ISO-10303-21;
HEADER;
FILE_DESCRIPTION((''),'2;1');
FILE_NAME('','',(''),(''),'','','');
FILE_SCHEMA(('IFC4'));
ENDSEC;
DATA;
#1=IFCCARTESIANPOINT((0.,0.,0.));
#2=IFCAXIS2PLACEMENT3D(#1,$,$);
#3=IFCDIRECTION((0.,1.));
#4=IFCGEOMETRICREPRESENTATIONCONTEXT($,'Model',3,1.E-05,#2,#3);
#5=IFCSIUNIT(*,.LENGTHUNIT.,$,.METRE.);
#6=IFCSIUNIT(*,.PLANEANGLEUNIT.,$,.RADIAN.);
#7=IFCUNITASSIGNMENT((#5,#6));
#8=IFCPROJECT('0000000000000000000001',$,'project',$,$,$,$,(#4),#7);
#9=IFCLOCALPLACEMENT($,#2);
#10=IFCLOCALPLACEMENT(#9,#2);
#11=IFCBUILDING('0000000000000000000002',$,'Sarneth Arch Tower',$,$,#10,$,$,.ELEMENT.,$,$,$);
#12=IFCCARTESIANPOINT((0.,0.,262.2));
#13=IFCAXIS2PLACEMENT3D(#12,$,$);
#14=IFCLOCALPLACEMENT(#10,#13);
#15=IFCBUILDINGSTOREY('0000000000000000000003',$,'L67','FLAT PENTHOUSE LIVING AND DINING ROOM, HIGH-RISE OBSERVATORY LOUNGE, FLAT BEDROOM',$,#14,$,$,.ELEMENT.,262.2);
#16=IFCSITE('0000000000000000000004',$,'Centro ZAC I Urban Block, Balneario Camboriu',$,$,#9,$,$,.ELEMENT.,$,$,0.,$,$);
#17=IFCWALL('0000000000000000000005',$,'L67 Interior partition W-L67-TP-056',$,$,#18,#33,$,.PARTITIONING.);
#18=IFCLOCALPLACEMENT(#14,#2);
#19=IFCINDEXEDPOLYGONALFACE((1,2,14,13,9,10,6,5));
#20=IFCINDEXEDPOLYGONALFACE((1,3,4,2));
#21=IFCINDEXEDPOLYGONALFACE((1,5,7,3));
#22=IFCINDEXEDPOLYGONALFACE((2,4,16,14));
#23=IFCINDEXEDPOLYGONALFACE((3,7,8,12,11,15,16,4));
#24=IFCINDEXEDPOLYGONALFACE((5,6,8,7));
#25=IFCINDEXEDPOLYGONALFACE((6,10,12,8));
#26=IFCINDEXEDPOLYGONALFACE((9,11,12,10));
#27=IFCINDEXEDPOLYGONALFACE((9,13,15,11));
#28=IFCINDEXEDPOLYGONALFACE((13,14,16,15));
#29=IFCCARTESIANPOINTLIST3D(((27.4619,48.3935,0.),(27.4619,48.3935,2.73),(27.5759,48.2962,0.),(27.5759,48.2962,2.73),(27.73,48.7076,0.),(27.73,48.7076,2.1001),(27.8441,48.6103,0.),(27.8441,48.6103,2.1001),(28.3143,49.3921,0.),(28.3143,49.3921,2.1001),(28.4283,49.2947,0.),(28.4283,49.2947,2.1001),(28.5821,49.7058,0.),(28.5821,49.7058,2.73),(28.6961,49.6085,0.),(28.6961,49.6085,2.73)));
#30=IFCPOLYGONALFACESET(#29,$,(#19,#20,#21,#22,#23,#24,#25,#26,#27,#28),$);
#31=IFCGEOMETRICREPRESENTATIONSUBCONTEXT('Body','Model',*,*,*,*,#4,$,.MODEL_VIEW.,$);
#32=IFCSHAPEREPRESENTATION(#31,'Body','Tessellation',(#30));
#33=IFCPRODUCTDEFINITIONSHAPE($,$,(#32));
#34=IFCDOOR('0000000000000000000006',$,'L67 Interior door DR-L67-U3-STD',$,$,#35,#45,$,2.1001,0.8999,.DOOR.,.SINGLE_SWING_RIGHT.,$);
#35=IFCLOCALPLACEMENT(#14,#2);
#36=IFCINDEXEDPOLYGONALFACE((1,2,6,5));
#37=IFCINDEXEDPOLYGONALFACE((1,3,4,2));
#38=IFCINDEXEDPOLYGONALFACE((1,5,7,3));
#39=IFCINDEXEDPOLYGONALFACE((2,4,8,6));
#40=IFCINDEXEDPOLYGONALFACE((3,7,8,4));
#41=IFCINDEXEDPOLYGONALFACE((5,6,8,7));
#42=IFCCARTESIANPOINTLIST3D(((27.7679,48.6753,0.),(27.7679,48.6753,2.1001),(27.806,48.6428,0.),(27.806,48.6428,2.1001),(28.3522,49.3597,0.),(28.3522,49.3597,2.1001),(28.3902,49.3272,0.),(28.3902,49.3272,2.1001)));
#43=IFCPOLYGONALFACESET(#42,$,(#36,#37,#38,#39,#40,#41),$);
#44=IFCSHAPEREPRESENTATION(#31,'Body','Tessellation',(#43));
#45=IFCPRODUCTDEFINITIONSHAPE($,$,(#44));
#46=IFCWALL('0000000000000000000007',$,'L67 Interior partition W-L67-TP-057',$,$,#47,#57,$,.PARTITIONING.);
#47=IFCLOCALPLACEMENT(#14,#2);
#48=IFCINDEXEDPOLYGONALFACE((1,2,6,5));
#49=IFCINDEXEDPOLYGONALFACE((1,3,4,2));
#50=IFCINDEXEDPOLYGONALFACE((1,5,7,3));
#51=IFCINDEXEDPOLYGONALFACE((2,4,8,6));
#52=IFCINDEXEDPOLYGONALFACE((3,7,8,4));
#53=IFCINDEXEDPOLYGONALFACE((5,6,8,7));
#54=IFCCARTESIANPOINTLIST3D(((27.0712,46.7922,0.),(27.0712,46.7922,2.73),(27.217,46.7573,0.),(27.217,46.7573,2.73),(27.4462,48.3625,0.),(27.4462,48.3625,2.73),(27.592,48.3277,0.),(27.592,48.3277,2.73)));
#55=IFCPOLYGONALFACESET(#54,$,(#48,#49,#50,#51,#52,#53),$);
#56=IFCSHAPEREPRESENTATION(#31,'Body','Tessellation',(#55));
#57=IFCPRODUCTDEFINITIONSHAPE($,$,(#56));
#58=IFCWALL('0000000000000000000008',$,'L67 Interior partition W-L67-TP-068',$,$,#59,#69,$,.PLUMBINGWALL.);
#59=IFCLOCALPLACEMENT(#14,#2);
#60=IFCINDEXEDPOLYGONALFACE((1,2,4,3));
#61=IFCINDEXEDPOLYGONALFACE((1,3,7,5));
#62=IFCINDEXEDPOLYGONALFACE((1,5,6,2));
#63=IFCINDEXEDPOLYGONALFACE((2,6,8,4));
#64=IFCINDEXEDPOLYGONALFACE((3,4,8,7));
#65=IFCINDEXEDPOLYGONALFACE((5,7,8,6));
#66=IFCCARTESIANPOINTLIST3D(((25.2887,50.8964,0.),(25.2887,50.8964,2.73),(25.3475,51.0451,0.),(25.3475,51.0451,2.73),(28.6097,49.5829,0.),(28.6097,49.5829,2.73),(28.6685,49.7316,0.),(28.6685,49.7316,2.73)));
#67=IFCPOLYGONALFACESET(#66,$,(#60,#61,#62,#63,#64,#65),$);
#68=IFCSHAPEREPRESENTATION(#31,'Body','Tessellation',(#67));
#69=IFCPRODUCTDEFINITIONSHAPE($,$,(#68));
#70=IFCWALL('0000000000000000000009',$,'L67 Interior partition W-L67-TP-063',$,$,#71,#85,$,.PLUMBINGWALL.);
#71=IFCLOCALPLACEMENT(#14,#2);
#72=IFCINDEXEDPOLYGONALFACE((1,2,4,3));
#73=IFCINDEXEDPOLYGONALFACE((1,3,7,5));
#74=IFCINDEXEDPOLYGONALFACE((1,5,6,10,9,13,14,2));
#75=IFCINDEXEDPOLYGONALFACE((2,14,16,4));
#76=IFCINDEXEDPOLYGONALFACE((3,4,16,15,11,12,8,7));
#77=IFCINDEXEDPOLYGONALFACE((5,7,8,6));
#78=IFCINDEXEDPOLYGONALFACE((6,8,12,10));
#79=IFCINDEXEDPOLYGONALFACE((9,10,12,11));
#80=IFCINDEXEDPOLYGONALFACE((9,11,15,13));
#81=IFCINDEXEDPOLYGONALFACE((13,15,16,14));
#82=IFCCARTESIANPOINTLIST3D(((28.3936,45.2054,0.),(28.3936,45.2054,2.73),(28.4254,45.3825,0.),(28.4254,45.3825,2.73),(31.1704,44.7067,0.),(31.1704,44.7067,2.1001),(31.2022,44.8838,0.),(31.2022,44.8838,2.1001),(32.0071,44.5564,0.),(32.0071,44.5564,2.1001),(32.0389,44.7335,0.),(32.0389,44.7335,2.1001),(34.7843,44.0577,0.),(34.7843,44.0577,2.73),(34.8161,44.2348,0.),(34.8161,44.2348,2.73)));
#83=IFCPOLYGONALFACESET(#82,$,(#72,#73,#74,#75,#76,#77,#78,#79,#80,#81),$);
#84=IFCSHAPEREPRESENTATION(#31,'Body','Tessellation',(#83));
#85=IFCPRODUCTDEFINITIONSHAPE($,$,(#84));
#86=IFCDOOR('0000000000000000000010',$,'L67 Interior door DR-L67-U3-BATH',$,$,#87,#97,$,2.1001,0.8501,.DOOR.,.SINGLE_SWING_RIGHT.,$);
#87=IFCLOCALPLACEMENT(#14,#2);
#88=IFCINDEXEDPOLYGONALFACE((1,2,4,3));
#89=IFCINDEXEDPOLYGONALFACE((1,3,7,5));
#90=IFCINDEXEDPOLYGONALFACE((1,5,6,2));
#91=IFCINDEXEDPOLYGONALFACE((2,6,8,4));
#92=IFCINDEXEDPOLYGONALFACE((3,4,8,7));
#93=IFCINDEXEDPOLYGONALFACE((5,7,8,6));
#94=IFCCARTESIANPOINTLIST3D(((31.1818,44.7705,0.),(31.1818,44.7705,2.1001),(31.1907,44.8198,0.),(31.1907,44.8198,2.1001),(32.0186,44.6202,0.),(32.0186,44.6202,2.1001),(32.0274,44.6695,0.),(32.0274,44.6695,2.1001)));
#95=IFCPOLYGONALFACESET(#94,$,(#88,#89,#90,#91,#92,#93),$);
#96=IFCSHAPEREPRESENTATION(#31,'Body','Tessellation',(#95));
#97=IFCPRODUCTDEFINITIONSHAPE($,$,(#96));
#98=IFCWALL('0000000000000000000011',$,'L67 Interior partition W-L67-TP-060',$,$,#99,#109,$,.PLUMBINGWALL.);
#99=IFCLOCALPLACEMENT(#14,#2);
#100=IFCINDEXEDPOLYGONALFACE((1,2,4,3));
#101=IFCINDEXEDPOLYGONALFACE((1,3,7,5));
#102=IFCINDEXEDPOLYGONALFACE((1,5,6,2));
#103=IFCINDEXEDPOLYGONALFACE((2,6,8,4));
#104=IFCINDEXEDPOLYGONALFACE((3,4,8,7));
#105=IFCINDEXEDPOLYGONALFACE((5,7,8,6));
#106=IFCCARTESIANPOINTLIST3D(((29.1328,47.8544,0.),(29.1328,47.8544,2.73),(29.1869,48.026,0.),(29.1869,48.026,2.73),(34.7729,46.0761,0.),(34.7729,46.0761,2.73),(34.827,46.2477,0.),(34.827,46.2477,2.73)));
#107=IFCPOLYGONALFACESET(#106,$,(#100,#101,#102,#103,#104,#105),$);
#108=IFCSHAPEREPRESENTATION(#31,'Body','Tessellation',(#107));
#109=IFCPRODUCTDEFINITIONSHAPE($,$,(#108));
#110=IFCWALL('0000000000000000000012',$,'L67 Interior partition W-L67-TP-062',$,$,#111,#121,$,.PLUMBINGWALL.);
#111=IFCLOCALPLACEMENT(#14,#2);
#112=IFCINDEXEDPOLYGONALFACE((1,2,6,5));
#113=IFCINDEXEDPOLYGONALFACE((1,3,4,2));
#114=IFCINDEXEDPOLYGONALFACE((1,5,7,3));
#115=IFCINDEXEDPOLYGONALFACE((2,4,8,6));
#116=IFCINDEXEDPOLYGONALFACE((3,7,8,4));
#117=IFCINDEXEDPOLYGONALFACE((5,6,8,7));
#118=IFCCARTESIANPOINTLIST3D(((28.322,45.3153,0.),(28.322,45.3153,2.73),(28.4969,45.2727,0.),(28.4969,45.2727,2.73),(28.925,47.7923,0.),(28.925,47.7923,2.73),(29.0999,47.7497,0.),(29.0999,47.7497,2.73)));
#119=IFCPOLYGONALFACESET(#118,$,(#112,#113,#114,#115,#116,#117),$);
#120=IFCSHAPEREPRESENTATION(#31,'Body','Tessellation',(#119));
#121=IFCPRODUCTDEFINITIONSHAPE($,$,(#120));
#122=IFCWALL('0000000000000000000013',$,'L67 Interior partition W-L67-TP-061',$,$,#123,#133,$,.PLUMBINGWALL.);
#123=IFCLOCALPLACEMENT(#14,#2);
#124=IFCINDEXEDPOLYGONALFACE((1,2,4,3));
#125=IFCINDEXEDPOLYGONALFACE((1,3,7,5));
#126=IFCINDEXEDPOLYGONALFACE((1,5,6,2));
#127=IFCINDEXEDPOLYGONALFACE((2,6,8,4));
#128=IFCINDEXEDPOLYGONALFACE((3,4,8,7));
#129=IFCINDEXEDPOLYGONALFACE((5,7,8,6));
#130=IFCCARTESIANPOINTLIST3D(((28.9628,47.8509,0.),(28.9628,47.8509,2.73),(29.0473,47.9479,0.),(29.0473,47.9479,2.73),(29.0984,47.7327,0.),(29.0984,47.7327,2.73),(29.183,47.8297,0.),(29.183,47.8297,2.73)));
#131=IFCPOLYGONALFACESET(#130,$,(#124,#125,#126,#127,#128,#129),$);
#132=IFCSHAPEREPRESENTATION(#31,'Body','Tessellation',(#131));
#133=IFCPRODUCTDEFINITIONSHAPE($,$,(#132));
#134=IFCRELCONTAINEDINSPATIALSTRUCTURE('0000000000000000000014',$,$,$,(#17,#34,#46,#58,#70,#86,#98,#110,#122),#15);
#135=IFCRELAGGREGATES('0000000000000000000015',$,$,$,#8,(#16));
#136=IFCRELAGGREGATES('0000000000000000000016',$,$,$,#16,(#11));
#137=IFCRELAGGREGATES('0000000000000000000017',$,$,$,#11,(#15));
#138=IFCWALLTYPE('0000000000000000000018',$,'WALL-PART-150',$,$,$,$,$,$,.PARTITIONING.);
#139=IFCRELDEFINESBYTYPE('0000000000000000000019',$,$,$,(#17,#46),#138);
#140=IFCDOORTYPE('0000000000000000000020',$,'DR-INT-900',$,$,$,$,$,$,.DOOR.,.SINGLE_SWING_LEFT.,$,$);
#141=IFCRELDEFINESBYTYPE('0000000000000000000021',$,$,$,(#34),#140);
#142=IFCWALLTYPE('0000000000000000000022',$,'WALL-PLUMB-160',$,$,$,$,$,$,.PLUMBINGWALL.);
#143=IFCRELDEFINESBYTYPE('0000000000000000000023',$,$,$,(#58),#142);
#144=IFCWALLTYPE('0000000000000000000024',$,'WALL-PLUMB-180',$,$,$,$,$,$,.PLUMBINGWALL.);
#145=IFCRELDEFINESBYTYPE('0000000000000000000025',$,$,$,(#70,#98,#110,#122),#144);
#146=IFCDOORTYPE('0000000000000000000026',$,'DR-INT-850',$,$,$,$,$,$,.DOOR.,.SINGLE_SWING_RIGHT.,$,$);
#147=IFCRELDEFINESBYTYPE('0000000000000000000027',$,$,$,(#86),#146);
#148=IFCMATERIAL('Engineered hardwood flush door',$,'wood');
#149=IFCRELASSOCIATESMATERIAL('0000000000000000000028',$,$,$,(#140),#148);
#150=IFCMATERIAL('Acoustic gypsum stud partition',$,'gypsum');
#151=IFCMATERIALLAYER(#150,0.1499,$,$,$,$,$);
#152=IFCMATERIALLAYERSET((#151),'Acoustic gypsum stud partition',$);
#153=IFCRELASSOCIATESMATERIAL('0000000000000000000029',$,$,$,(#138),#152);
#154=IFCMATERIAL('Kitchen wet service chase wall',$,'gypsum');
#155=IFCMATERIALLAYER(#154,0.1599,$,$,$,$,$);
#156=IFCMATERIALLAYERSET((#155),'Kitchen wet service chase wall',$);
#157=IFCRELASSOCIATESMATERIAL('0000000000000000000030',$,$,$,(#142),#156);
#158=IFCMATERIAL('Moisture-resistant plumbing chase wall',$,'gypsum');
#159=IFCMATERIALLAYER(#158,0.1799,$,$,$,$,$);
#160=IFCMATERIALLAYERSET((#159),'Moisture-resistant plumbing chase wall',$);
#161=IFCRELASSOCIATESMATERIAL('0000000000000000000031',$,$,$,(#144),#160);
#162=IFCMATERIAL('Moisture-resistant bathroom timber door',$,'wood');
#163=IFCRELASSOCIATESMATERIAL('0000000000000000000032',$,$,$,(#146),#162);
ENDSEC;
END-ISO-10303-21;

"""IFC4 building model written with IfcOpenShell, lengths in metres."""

from ifc_helpers import new_model, si_unit, direction, frame, frame_2d, origin, place, context, subcontext, project, spatial, rectangle, extrude, material, layer, layer_set, type_object, element, fill, save


model = new_model("IFC4")

# Units and contexts
model_context = context("Model", 3, precision=1e-05, world=origin(), true_north=direction((0.0, 1.0)))
body_context = subcontext(model_context, "Body", "Model", "MODEL_VIEW")
ifc_project = project(units=[si_unit("LENGTHUNIT", "METRE"), si_unit("PLANEANGLEUNIT", "RADIAN")], contexts=[model_context])

# Site, building, storey
site_placement = place(None, origin())
site = spatial("IfcSite", under=ifc_project, at=site_placement, Name="Centro ZAC I Urban Block, Balneario Camboriu", CompositionType="ELEMENT", RefElevation=0.0)
building_placement = place(site_placement, origin())
building = spatial("IfcBuilding", under=site, at=building_placement, Name="Sarneth Arch Tower", CompositionType="ELEMENT")
storey_placement = place(building_placement, frame((0.0, 0.0, 262.2)))
storey = spatial("IfcBuildingStorey", under=building, at=storey_placement, Name="L67", Description="FLAT PENTHOUSE LIVING AND DINING ROOM, HIGH-RISE OBSERVATORY LOUNGE, FLAT BEDROOM", CompositionType="ELEMENT", Elevation=262.2)

# Shared definitions
ifc_material_1 = material(Name="Engineered hardwood flush door", Category="wood")
door_type_1 = type_object("IfcDoorType", Name="DR-INT-900", OperationType="SINGLE_SWING_LEFT", PredefinedType="DOOR", material=ifc_material_1)

# Shared definitions
ifc_material_2 = material(Name="Acoustic gypsum stud partition", Category="gypsum")
ifc_layer_1 = layer(ifc_material_2, 0.1499)
ifc_layer_set_1 = layer_set([ifc_layer_1], Name="Acoustic gypsum stud partition")
wall_type_1 = type_object("IfcWallType", Name="WALL-PART-150", PredefinedType="PARTITIONING", material=ifc_layer_set_1)

# Wall, opening, door
wall_1_placement = place(storey_placement, frame((28.6392, 49.6572, 0.0), z_axis=(0.0, 0.0, 1.0), x_axis=(-0.649228, -0.760593, 0.0)))
wall_1 = element("IfcWall", 1, at=wall_1_placement, inside=storey, type_object=wall_type_1, Name="L67 Interior partition W-L67-TP-056", PredefinedType="PARTITIONING", context=body_context, shape_type="SweptSolid", body=[
    extrude(rectangle(XDim=1.7253, YDim=0.1499, at=frame_2d((0.8628, 0.0))), origin(), (0.0, 0.0, 1.0), 2.73),
])
opening_1_placement = place(wall_1_placement, frame((0.4126, 0.0, 0.0)))
opening_1 = element("IfcOpeningElement", 2, at=opening_1_placement, cuts=wall_1, PredefinedType="OPENING", context=body_context, shape_type="SweptSolid", body=[
    extrude(rectangle(XDim=0.8999, YDim=2.1001, at=frame_2d((0.45, 1.05))), frame((0.0, 0.085, 0.0), z_axis=(0.0, -1.0, 0.0), x_axis=(1.0, 0.0, 0.0)), (0.0, 0.0, 1.0), 0.1699),
])
door_1_placement = place(opening_1_placement, origin())
door_1 = element("IfcDoor", 3, at=door_1_placement, inside=storey, type_object=door_type_1, Name="L67 Interior door DR-L67-U3-STD", OperationType="SINGLE_SWING_RIGHT", OverallHeight=2.1001, OverallWidth=0.8999, PredefinedType="DOOR", context=body_context, shape_type="SweptSolid", body=[
    extrude(rectangle(XDim=0.8999, YDim=2.1001, at=frame_2d((0.45, 1.05))), frame((0.0, 0.0249, 0.0), z_axis=(0.0, -1.0, 0.0), x_axis=(1.0, 0.0, 0.0)), (0.0, 0.0, 1.0), 0.05),
])
fill(opening_1, door_1)

# Walls
wall_2_placement = place(storey_placement, frame((27.519, 48.345, 0.0), z_axis=(0.0, 0.0, 1.0), x_axis=(-0.232275, -0.97265, 0.0)))
element("IfcWall", 4, at=wall_2_placement, inside=storey, type_object=wall_type_1, Name="L67 Interior partition W-L67-TP-057", PredefinedType="PARTITIONING", context=body_context, shape_type="SweptSolid", body=[
    extrude(rectangle(XDim=1.6145, YDim=0.1499, at=frame_2d((0.8071, 0.0))), origin(), (0.0, 0.0, 1.0), 2.73),
])
ifc_material_3 = material(Name="Kitchen wet service chase wall", Category="gypsum")
ifc_layer_2 = layer(ifc_material_3, 0.1599)
ifc_layer_set_2 = layer_set([ifc_layer_2], Name="Kitchen wet service chase wall")
wall_type_2 = type_object("IfcWallType", Name="WALL-PLUMB-160", PredefinedType="PLUMBINGWALL", material=ifc_layer_set_2)
wall_3_placement = place(storey_placement, frame((25.3181, 50.9707, 0.0), z_axis=(0.0, 0.0, 1.0), x_axis=(0.929912, -0.367781, 0.0)))
element("IfcWall", 5, at=wall_3_placement, inside=storey, type_object=wall_type_2, Name="L67 Interior partition W-L67-TP-068", PredefinedType="PLUMBINGWALL", context=body_context, shape_type="SweptSolid", body=[
    extrude(rectangle(XDim=3.5713, YDim=0.1599, at=frame_2d((1.7856, 0.0))), origin(), (0.0, 0.0, 1.0), 2.73),
])

# Wall, opening, door
ifc_material_4 = material(Name="Moisture-resistant plumbing chase wall", Category="gypsum")
ifc_layer_3 = layer(ifc_material_4, 0.1799)
ifc_layer_set_3 = layer_set([ifc_layer_3], Name="Moisture-resistant plumbing chase wall")
wall_type_3 = type_object("IfcWallType", Name="WALL-PLUMB-180", PredefinedType="PLUMBINGWALL", material=ifc_layer_set_3)
wall_4_placement = place(storey_placement, frame((28.4094, 45.2939, 0.0), z_axis=(0.0, 0.0, 1.0), x_axis=(0.984253, -0.176764, 0.0)))
wall_4 = element("IfcWall", 6, at=wall_4_placement, inside=storey, type_object=wall_type_3, Name="L67 Interior partition W-L67-TP-063", PredefinedType="PLUMBINGWALL", context=body_context, shape_type="SweptSolid", body=[
    extrude(rectangle(XDim=6.4929, YDim=0.1799, at=frame_2d((3.2466, 0.0))), origin(), (0.0, 0.0, 1.0), 2.73),
])
opening_2_placement = place(wall_4_placement, frame((2.8213, 0.0, 0.0)))
opening_2 = element("IfcOpeningElement", 7, at=opening_2_placement, cuts=wall_4, PredefinedType="OPENING", context=body_context, shape_type="SweptSolid", body=[
    extrude(rectangle(XDim=0.8501, YDim=2.1001, at=frame_2d((0.425, 1.05))), frame((0.0, 0.0999, 0.0), z_axis=(0.0, -1.0, 0.0), x_axis=(1.0, 0.0, 0.0)), (0.0, 0.0, 1.0), 0.2),
])
ifc_material_5 = material(Name="Moisture-resistant bathroom timber door", Category="wood")
door_type_2 = type_object("IfcDoorType", Name="DR-INT-850", OperationType="SINGLE_SWING_RIGHT", PredefinedType="DOOR", material=ifc_material_5)
door_2_placement = place(opening_2_placement, origin())
door_2 = element("IfcDoor", 8, at=door_2_placement, inside=storey, type_object=door_type_2, Name="L67 Interior door DR-L67-U3-BATH", OperationType="SINGLE_SWING_RIGHT", OverallHeight=2.1001, OverallWidth=0.8501, PredefinedType="DOOR", context=body_context, shape_type="SweptSolid", body=[
    extrude(rectangle(XDim=0.8501, YDim=2.1001, at=frame_2d((0.425, 1.05))), frame((0.0, 0.0249, 0.0), z_axis=(0.0, -1.0, 0.0), x_axis=(1.0, 0.0, 0.0)), (0.0, 0.0, 1.0), 0.05),
])
fill(opening_2, door_2)

# Walls
wall_5_placement = place(storey_placement, frame((34.8, 46.1619, 0.0), z_axis=(0.0, 0.0, 1.0), x_axis=(-0.953717, 0.300705, 0.0)))
element("IfcWall", 9, at=wall_5_placement, inside=storey, type_object=wall_type_3, Name="L67 Interior partition W-L67-TP-060", PredefinedType="PLUMBINGWALL", context=body_context, shape_type="SweptSolid", body=[
    extrude(rectangle(XDim=5.9138, YDim=0.1799, at=frame_2d((2.957, 0.0))), origin(), (0.0, 0.0, 1.0), 2.73),
])
wall_6_placement = place(storey_placement, frame((29.0125, 47.771, 0.0), z_axis=(0.0, 0.0, 1.0), x_axis=(-0.236537, -0.971622, 0.0)))
element("IfcWall", 10, at=wall_6_placement, inside=storey, type_object=wall_type_3, Name="L67 Interior partition W-L67-TP-062", PredefinedType="PLUMBINGWALL", context=body_context, shape_type="SweptSolid", body=[
    extrude(rectangle(XDim=2.5493, YDim=0.1799, at=frame_2d((1.2747, 0.0))), origin(), (0.0, 0.0, 1.0), 2.73),
])
wall_7_placement = place(storey_placement, frame((29.1152, 47.8889, 0.0), z_axis=(0.0, 0.0, 1.0), x_axis=(-0.657025, -0.753869, 0.0)))
element("IfcWall", 11, at=wall_7_placement, inside=storey, type_object=wall_type_3, Name="L67 Interior partition W-L67-TP-061", PredefinedType="PLUMBINGWALL", context=body_context, shape_type="SweptSolid", body=[
    extrude(rectangle(XDim=0.1287, YDim=0.1799, at=frame_2d((0.0645, 0.0))), origin(), (0.0, 0.0, 1.0), 2.73),
])

save(model, "model.ifc")
